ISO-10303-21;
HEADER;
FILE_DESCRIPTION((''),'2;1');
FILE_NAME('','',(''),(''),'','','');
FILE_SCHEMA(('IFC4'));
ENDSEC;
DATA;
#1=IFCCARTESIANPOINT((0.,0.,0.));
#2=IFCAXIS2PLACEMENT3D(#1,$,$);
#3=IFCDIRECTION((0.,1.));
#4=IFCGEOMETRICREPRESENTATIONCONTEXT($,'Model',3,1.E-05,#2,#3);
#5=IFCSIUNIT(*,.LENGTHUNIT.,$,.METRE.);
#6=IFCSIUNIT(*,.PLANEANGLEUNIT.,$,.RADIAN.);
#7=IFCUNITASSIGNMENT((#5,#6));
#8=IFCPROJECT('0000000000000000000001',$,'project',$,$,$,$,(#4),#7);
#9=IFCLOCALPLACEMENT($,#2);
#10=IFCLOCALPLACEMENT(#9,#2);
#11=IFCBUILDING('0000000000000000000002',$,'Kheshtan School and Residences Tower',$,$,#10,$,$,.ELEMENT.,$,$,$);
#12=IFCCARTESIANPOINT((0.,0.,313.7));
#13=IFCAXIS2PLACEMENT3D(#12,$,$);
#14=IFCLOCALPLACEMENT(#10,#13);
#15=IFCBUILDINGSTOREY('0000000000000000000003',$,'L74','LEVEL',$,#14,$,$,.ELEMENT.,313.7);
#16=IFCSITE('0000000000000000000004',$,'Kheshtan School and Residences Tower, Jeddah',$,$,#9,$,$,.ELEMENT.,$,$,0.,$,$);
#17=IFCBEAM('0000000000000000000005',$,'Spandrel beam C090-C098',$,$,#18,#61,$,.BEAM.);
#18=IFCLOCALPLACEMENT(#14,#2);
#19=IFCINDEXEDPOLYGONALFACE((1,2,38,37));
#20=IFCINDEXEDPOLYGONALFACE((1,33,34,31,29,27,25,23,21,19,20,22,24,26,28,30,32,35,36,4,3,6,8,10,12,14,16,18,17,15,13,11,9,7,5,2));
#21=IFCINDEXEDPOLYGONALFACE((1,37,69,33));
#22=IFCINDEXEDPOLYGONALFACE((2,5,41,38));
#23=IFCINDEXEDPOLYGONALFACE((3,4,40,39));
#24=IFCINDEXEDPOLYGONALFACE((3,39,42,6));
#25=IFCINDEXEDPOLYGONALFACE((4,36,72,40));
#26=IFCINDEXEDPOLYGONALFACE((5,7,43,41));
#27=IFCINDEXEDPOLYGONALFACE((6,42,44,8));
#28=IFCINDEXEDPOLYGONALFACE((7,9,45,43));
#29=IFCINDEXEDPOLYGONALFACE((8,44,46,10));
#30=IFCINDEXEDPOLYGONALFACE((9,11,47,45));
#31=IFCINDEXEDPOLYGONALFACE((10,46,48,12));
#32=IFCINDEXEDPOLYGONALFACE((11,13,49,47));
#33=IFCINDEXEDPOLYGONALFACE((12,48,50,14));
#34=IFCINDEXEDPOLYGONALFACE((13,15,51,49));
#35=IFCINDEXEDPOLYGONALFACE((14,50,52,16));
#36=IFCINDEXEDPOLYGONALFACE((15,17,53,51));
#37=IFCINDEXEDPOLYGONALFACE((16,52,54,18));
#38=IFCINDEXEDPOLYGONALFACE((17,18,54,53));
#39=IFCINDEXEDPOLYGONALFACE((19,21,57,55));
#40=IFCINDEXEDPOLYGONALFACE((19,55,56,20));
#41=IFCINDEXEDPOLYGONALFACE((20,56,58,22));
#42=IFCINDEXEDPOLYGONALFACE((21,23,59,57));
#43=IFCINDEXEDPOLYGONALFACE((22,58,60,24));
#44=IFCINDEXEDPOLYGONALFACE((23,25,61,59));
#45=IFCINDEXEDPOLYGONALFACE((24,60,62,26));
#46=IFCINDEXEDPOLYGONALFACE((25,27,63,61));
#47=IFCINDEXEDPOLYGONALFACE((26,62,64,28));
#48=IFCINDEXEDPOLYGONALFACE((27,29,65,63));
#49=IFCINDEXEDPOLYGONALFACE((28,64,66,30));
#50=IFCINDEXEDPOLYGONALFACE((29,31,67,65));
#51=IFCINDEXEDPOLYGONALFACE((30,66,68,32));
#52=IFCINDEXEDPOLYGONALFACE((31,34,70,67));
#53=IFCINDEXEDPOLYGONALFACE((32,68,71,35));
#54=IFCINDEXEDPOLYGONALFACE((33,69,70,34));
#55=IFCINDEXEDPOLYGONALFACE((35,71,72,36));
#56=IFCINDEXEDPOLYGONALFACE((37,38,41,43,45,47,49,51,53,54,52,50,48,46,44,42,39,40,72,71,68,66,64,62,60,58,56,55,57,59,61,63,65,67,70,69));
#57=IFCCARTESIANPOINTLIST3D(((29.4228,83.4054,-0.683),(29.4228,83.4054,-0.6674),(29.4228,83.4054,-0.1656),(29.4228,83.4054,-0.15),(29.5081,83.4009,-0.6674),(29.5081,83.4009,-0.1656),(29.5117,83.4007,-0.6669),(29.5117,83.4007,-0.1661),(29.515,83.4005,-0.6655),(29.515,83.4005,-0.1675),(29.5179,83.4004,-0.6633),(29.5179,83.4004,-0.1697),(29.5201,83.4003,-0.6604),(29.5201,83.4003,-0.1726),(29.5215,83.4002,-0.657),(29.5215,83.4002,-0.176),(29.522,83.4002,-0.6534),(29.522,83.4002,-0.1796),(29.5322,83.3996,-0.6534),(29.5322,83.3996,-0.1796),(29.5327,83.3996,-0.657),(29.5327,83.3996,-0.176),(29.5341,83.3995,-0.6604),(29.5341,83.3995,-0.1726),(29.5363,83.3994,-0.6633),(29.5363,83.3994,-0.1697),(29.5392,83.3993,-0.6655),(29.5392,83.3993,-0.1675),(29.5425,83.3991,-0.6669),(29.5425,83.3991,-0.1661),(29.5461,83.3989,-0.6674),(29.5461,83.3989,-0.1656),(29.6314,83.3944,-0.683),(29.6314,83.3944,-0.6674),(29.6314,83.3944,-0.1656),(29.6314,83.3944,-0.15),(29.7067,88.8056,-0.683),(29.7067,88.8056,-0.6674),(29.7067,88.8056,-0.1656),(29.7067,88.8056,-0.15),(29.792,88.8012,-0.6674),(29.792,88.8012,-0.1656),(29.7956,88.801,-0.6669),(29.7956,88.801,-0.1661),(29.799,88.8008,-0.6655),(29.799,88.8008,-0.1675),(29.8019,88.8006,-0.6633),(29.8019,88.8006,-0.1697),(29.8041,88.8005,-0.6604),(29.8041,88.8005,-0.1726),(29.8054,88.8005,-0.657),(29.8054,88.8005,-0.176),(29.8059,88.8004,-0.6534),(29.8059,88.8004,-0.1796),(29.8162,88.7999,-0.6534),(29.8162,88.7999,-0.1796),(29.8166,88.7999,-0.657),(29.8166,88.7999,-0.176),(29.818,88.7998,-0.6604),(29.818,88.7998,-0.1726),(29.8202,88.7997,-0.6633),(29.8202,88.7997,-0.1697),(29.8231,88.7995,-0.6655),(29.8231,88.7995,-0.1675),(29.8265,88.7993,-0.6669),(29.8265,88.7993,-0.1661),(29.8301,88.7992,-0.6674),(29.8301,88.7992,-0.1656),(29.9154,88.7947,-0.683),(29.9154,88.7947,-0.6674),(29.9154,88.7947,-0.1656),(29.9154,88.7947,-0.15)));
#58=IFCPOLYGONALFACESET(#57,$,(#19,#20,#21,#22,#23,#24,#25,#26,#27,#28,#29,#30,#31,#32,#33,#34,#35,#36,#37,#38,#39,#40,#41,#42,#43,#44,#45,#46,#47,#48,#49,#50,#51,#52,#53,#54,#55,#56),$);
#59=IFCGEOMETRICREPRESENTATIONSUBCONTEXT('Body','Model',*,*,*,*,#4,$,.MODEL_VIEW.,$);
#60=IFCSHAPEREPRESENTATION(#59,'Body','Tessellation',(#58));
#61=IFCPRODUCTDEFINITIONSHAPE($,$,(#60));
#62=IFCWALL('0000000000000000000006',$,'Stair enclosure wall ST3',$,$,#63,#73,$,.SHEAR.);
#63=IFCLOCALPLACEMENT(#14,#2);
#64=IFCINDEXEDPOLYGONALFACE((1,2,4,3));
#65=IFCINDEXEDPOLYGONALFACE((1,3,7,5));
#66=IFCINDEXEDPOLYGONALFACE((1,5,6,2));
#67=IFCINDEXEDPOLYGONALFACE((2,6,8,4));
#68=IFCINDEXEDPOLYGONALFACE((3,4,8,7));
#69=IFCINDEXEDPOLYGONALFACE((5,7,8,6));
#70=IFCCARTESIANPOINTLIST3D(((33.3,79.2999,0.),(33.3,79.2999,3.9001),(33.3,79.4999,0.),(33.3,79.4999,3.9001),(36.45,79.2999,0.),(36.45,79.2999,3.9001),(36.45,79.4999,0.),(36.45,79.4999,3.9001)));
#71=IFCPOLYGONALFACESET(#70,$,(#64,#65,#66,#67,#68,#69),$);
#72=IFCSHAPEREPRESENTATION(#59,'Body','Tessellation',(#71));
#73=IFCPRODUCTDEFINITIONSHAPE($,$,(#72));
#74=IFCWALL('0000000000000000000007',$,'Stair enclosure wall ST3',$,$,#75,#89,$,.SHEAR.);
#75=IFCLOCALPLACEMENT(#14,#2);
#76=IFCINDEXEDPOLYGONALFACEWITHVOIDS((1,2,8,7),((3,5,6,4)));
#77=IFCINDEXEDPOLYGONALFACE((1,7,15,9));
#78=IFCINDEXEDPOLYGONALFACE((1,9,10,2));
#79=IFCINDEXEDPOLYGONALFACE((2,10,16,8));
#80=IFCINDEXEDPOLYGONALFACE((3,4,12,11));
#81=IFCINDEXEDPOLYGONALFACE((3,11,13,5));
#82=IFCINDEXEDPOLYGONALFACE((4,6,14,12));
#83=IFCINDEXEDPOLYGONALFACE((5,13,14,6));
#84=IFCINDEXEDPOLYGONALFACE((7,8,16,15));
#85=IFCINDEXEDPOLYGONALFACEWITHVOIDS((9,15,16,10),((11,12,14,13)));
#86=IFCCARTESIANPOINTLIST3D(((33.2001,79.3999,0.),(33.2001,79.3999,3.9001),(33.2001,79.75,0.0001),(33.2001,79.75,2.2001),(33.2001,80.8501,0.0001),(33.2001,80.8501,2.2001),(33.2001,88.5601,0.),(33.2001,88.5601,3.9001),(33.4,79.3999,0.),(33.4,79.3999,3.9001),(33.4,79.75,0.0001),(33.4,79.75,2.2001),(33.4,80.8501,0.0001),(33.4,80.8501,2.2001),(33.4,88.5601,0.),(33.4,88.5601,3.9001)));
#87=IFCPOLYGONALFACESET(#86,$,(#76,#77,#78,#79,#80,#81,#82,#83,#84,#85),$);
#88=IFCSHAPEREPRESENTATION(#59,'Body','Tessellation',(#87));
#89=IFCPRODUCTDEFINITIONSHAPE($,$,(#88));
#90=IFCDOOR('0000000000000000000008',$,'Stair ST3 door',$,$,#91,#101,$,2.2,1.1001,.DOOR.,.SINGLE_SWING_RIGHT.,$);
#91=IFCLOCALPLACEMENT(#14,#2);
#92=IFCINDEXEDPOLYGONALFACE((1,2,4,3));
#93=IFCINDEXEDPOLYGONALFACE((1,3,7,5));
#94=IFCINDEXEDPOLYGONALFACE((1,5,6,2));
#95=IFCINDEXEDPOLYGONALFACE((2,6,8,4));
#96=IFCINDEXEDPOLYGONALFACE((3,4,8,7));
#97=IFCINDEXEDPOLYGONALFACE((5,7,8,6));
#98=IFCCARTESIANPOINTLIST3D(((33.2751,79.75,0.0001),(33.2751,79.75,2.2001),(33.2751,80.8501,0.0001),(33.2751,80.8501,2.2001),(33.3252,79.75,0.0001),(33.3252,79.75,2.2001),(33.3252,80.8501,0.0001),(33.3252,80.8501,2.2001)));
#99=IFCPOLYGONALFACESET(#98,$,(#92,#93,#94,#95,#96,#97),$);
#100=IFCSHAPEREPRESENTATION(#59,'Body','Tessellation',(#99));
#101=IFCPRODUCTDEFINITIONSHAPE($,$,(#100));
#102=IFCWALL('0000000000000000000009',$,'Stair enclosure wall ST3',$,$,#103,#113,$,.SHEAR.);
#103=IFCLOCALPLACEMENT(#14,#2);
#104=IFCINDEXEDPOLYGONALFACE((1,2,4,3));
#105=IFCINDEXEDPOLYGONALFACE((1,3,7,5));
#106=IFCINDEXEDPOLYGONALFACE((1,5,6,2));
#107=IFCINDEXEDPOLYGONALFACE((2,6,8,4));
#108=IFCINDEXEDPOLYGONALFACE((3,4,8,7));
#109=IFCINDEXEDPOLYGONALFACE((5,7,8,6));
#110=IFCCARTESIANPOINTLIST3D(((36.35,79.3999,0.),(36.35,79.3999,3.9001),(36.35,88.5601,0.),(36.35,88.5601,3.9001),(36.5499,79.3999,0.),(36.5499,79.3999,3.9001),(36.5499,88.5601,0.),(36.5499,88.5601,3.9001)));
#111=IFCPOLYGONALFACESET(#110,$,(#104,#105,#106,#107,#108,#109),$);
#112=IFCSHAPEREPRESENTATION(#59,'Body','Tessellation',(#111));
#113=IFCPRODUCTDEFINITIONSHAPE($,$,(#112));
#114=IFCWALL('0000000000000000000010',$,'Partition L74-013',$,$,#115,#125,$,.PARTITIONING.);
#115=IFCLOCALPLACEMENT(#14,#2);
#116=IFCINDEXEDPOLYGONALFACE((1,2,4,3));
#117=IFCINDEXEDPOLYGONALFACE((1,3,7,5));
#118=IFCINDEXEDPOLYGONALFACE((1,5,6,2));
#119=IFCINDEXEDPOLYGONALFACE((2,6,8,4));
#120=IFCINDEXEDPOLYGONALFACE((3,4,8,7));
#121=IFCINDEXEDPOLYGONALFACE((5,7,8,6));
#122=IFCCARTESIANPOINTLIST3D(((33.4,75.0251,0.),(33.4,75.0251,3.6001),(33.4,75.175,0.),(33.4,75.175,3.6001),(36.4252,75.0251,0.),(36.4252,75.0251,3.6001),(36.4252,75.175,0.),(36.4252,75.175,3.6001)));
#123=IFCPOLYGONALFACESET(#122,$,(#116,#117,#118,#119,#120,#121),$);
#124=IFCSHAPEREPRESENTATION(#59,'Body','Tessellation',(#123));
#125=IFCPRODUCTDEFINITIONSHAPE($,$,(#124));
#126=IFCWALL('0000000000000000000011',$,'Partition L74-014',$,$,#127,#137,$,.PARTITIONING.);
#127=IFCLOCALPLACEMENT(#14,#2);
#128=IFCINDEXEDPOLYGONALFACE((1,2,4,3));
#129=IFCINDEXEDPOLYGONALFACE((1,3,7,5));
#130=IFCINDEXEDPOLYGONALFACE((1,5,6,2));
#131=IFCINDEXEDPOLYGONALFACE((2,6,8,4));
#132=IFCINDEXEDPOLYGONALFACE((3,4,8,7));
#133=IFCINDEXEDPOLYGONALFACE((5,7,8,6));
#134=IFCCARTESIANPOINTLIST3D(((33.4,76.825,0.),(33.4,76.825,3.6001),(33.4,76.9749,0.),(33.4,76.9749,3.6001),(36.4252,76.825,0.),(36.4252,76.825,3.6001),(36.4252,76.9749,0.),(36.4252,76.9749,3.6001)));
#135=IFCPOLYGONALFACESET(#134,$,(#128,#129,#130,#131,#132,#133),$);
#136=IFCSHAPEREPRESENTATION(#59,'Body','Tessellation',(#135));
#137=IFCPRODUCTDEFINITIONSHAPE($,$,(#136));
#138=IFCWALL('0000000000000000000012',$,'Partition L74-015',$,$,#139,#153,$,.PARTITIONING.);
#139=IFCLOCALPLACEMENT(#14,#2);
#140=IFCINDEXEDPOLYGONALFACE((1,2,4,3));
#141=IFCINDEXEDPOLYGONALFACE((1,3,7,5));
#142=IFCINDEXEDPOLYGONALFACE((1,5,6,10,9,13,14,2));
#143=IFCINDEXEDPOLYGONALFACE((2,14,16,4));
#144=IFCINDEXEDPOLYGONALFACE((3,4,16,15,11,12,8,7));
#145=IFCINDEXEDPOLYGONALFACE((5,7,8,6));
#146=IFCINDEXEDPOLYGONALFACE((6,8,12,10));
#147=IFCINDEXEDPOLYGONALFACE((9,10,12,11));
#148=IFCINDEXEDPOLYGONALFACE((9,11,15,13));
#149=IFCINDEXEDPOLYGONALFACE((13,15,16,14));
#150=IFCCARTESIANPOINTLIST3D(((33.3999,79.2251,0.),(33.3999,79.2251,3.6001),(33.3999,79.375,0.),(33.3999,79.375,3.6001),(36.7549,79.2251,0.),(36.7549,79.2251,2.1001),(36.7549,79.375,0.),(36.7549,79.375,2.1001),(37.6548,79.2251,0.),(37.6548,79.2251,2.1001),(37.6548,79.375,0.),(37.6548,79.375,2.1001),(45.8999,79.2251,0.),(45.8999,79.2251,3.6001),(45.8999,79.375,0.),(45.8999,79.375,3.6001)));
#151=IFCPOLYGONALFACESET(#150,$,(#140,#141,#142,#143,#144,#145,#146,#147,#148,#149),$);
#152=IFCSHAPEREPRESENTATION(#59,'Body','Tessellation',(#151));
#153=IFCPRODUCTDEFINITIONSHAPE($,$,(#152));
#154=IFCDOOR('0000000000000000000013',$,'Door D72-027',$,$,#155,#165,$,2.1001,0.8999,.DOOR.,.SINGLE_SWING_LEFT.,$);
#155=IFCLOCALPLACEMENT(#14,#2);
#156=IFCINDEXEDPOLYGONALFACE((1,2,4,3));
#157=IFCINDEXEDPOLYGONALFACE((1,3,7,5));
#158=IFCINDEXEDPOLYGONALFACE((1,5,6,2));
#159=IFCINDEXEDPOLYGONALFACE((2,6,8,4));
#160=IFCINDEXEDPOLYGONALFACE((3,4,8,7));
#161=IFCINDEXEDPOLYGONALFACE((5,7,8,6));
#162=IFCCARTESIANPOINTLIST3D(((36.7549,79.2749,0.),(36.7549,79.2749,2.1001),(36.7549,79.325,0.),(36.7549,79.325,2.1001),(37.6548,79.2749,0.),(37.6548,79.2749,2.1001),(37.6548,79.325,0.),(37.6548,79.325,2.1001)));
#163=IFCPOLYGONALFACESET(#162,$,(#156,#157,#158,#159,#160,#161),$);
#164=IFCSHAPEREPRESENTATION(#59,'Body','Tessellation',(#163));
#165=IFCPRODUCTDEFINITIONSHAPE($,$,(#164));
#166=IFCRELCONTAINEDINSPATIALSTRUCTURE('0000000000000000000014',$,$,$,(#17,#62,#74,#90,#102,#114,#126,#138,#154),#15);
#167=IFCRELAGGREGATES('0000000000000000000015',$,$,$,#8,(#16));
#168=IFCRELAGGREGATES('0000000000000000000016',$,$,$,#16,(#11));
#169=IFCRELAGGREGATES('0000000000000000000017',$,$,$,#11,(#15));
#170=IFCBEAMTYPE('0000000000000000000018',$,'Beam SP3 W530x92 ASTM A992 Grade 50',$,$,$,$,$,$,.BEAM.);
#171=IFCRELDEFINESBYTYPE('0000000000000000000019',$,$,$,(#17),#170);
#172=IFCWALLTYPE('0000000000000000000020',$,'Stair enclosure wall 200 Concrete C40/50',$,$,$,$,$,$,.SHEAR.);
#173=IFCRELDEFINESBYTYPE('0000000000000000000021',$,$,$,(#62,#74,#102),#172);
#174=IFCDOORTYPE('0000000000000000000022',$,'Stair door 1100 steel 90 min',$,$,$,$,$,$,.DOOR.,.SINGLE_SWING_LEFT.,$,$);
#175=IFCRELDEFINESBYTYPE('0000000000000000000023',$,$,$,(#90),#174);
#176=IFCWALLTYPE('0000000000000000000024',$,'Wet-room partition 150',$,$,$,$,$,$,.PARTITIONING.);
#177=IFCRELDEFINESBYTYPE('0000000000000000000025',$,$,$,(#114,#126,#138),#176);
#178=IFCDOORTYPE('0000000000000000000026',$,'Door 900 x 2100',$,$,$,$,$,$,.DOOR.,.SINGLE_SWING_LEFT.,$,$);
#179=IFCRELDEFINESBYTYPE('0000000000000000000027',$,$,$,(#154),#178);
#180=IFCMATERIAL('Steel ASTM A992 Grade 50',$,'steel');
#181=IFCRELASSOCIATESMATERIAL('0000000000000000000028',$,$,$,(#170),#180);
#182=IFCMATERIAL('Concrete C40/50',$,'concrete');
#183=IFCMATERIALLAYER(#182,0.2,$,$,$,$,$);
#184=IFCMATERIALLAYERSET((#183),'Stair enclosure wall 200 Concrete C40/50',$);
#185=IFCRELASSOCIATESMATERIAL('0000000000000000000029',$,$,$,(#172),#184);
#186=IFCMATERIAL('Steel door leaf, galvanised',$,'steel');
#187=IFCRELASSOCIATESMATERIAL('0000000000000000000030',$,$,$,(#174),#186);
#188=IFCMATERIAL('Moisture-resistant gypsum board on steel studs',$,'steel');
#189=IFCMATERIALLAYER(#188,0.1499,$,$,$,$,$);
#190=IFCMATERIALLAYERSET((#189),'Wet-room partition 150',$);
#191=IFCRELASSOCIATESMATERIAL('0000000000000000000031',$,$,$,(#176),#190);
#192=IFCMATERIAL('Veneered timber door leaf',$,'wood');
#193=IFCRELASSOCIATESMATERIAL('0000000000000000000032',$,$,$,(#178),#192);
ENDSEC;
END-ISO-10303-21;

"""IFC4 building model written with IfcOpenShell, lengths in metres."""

from ifc_helpers import new_model, si_unit, direction, frame, frame_2d, origin, origin_2d, place, context, subcontext, project, spatial, rectangle, i_section, extrude, source, transform, mapped, material, layer, layer_set, material_profile, profile_set, type_object, element, fill, save


model = new_model("IFC4")

# Units and contexts
model_context = context("Model", 3, precision=1e-05, world=origin(), true_north=direction((0.0, 1.0)))
body_context = subcontext(model_context, "Body", "Model", "MODEL_VIEW")
ifc_project = project(units=[si_unit("LENGTHUNIT", "METRE"), si_unit("PLANEANGLEUNIT", "RADIAN")], contexts=[model_context])

# Site, building, storey
site_placement = place(None, origin())
site = spatial("IfcSite", under=ifc_project, at=site_placement, Name="Kheshtan School and Residences Tower, Jeddah", CompositionType="ELEMENT", RefElevation=0.0)
building_placement = place(site_placement, origin())
building = spatial("IfcBuilding", under=site, at=building_placement, Name="Kheshtan School and Residences Tower", CompositionType="ELEMENT")
storey_placement = place(building_placement, frame((0.0, 0.0, 313.7)))
storey = spatial("IfcBuildingStorey", under=building, at=storey_placement, Name="L74", Description="LEVEL", CompositionType="ELEMENT", Elevation=313.7)

# Shared definitions
ifc_material_1 = material(Name="Steel ASTM A992 Grade 50", Category="steel")

# Beam
ifc_material_profile_1 = material_profile(ifc_material_1, i_section(OverallWidth=0.209, OverallDepth=0.533, WebThickness=0.0103, FlangeThickness=0.0156, FilletRadius=0.0139, at=origin_2d()), Name="W530x92")
ifc_profile_set_1 = profile_set([ifc_material_profile_1], Name="Steel ASTM A992 Grade 50")
beam_type_1 = type_object("IfcBeamType", Name="Beam SP3 W530x92 ASTM A992 Grade 50", PredefinedType="BEAM", material=ifc_profile_set_1)
beam_1_placement = place(storey_placement, frame((29.5271, 83.3999, -0.4165), z_axis=(0.052507, 0.998621, 0.0), x_axis=(-0.998621, 0.052507, 0.0)))
element("IfcBeam", 1, at=beam_1_placement, inside=storey, type_object=beam_type_1, Name="Spandrel beam C090-C098", PredefinedType="BEAM", context=body_context, shape_type="SweptSolid", body=[
    extrude(i_section(OverallWidth=0.209, OverallDepth=0.533, WebThickness=0.0103, FlangeThickness=0.0156, FilletRadius=0.0139, at=origin_2d()), origin(), (0.0, 0.0, 1.0), 5.4077),
])

# Wall
ifc_material_2 = material(Name="Concrete C40/50", Category="concrete")
ifc_layer_1 = layer(ifc_material_2, 0.2)
ifc_layer_set_1 = layer_set([ifc_layer_1], Name="Stair enclosure wall 200 Concrete C40/50")
wall_type_1 = type_object("IfcWallType", Name="Stair enclosure wall 200 Concrete C40/50", PredefinedType="SHEAR", material=ifc_layer_set_1)
wall_1_placement = place(storey_placement, frame((33.3, 79.3999, 0.0), z_axis=(0.0, 0.0, 1.0), x_axis=(1.0, 0.0, 0.0)))
element("IfcWall", 2, at=wall_1_placement, inside=storey, type_object=wall_type_1, Name="Stair enclosure wall ST3", PredefinedType="SHEAR", context=body_context, shape_type="SweptSolid", body=[
    extrude(rectangle(XDim=3.1499, YDim=0.2, at=frame_2d((1.575, 0.0))), origin(), (0.0, 0.0, 1.0), 3.9001),
])

# Wall, opening, door
wall_2_placement = place(storey_placement, frame((33.3, 79.3999, 0.0), z_axis=(0.0, 0.0, 1.0), x_axis=(0.0, 1.0, 0.0)))
wall_2 = element("IfcWall", 3, at=wall_2_placement, inside=storey, type_object=wall_type_1, Name="Stair enclosure wall ST3", PredefinedType="SHEAR", context=body_context, shape_type="SweptSolid", body=[
    extrude(rectangle(XDim=9.1602, YDim=0.2, at=frame_2d((4.5801, 0.0))), origin(), (0.0, 0.0, 1.0), 3.9001),
])
opening_1_placement = place(wall_2_placement, frame((0.3501, 0.0, 0.0)))
opening_1 = element("IfcOpeningElement", 4, at=opening_1_placement, cuts=wall_2, PredefinedType="OPENING", context=body_context, shape_type="SweptSolid", body=[
    extrude(rectangle(XDim=1.1001, YDim=2.2, at=frame_2d((0.55, 1.1001))), frame((0.0, 0.1099, 0.0), z_axis=(0.0, -1.0, 0.0), x_axis=(1.0, 0.0, 0.0)), (0.0, 0.0, 1.0), 0.22),
])
ifc_material_3 = material(Name="Steel door leaf, galvanised", Category="steel")
door_type_1 = type_object("IfcDoorType", Name="Stair door 1100 steel 90 min", OperationType="SINGLE_SWING_LEFT", PredefinedType="DOOR", material=ifc_material_3)
shared_shape_1 = source(origin(), body_context, "Body", "SweptSolid", [
    extrude(rectangle(XDim=1.1001, YDim=2.2, at=frame_2d((0.55, 1.1001))), frame((0.0, 0.0249, 0.0), z_axis=(0.0, -1.0, 0.0), x_axis=(1.0, 0.0, 0.0)), (0.0, 0.0, 1.0), 0.05),
])
door_1_placement = place(opening_1_placement, origin())
door_1 = element("IfcDoor", 5, at=door_1_placement, inside=storey, type_object=door_type_1, Name="Stair ST3 door", OperationType="SINGLE_SWING_RIGHT", OverallHeight=2.2, OverallWidth=1.1001, PredefinedType="DOOR", context=body_context, shape_type="MappedRepresentation", body=[
    mapped(shared_shape_1, transform((0.0, 0.0, 0.0), x_axis=(1.0, 0.0, 0.0), y_axis=(0.0, 1.0, 0.0), z_axis=(0.0, 0.0, 1.0), scale=1.0)),
])
fill(opening_1, door_1)

# Walls
wall_3_placement = place(storey_placement, frame((36.45, 79.3999, 0.0), z_axis=(0.0, 0.0, 1.0), x_axis=(0.0, 1.0, 0.0)))
element("IfcWall", 6, at=wall_3_placement, inside=storey, type_object=wall_type_1, Name="Stair enclosure wall ST3", PredefinedType="SHEAR", context=body_context, shape_type="SweptSolid", body=[
    extrude(rectangle(XDim=9.1602, YDim=0.2, at=frame_2d((4.5801, 0.0))), origin(), (0.0, 0.0, 1.0), 3.9001),
])
ifc_material_4 = material(Name="Moisture-resistant gypsum board on steel studs", Category="steel")
ifc_layer_2 = layer(ifc_material_4, 0.1499)
ifc_layer_set_2 = layer_set([ifc_layer_2], Name="Wet-room partition 150")
wall_type_2 = type_object("IfcWallType", Name="Wet-room partition 150", PredefinedType="PARTITIONING", material=ifc_layer_set_2)
for number, where, z_axis, x_axis, name in (
    (7, (33.3999, 75.1001, 0.0), (0.0, 0.0, 1.0), (1.0, 0.0, 0.0), "Partition L74-013"),
    (8, (33.3999, 76.8999, 0.0), (0.0, 0.0, 1.0), (1.0, 0.0, 0.0), "Partition L74-014"),
):
    element("IfcWall", number, at=place(storey_placement, frame(where, z_axis=z_axis, x_axis=x_axis)), inside=storey, type_object=wall_type_2, Name=name, PredefinedType="PARTITIONING", context=body_context, shape_type="SweptSolid", body=[
        extrude(rectangle(XDim=3.0251, YDim=0.1499, at=frame_2d((1.5127, 0.0))), origin(), (0.0, 0.0, 1.0), 3.6001),
    ])

# Wall, opening, door
wall_4_placement = place(storey_placement, frame((33.3999, 79.3, 0.0), z_axis=(0.0, 0.0, 1.0), x_axis=(1.0, 0.0, 0.0)))
wall_4 = element("IfcWall", 9, at=wall_4_placement, inside=storey, type_object=wall_type_2, Name="Partition L74-015", PredefinedType="PARTITIONING", context=body_context, shape_type="SweptSolid", body=[
    extrude(rectangle(XDim=12.5, YDim=0.1499, at=frame_2d((6.25, 0.0))), origin(), (0.0, 0.0, 1.0), 3.6001),
])
opening_2_placement = place(wall_4_placement, frame((3.355, 0.0, 0.0)))
opening_2 = element("IfcOpeningElement", 10, at=opening_2_placement, cuts=wall_4, PredefinedType="OPENING", context=body_context, shape_type="SweptSolid", body=[
    extrude(rectangle(XDim=0.8999, YDim=2.1001, at=frame_2d((0.45, 1.05))), frame((0.0, 0.085, 0.0), z_axis=(0.0, -1.0, 0.0), x_axis=(1.0, 0.0, 0.0)), (0.0, 0.0, 1.0), 0.1699),
])
ifc_material_5 = material(Name="Veneered timber door leaf", Category="wood")
door_type_2 = type_object("IfcDoorType", Name="Door 900 x 2100", OperationType="SINGLE_SWING_LEFT", PredefinedType="DOOR", material=ifc_material_5)
shared_shape_2 = source(origin(), body_context, "Body", "SweptSolid", [
    extrude(rectangle(XDim=0.8999, YDim=2.1001, at=frame_2d((0.45, 1.05))), frame((0.0, 0.0249, 0.0), z_axis=(0.0, -1.0, 0.0), x_axis=(1.0, 0.0, 0.0)), (0.0, 0.0, 1.0), 0.05),
])
door_2_placement = place(opening_2_placement, origin())
door_2 = element("IfcDoor", 11, at=door_2_placement, inside=storey, type_object=door_type_2, Name="Door D72-027", OperationType="SINGLE_SWING_LEFT", OverallHeight=2.1001, OverallWidth=0.8999, PredefinedType="DOOR", context=body_context, shape_type="MappedRepresentation", body=[
    mapped(shared_shape_2, transform((0.0, 0.0, 0.0), x_axis=(1.0, 0.0, 0.0), y_axis=(0.0, 1.0, 0.0), z_axis=(0.0, 0.0, 1.0), scale=1.0)),
])
fill(opening_2, door_2)

save(model, "model.ifc")
